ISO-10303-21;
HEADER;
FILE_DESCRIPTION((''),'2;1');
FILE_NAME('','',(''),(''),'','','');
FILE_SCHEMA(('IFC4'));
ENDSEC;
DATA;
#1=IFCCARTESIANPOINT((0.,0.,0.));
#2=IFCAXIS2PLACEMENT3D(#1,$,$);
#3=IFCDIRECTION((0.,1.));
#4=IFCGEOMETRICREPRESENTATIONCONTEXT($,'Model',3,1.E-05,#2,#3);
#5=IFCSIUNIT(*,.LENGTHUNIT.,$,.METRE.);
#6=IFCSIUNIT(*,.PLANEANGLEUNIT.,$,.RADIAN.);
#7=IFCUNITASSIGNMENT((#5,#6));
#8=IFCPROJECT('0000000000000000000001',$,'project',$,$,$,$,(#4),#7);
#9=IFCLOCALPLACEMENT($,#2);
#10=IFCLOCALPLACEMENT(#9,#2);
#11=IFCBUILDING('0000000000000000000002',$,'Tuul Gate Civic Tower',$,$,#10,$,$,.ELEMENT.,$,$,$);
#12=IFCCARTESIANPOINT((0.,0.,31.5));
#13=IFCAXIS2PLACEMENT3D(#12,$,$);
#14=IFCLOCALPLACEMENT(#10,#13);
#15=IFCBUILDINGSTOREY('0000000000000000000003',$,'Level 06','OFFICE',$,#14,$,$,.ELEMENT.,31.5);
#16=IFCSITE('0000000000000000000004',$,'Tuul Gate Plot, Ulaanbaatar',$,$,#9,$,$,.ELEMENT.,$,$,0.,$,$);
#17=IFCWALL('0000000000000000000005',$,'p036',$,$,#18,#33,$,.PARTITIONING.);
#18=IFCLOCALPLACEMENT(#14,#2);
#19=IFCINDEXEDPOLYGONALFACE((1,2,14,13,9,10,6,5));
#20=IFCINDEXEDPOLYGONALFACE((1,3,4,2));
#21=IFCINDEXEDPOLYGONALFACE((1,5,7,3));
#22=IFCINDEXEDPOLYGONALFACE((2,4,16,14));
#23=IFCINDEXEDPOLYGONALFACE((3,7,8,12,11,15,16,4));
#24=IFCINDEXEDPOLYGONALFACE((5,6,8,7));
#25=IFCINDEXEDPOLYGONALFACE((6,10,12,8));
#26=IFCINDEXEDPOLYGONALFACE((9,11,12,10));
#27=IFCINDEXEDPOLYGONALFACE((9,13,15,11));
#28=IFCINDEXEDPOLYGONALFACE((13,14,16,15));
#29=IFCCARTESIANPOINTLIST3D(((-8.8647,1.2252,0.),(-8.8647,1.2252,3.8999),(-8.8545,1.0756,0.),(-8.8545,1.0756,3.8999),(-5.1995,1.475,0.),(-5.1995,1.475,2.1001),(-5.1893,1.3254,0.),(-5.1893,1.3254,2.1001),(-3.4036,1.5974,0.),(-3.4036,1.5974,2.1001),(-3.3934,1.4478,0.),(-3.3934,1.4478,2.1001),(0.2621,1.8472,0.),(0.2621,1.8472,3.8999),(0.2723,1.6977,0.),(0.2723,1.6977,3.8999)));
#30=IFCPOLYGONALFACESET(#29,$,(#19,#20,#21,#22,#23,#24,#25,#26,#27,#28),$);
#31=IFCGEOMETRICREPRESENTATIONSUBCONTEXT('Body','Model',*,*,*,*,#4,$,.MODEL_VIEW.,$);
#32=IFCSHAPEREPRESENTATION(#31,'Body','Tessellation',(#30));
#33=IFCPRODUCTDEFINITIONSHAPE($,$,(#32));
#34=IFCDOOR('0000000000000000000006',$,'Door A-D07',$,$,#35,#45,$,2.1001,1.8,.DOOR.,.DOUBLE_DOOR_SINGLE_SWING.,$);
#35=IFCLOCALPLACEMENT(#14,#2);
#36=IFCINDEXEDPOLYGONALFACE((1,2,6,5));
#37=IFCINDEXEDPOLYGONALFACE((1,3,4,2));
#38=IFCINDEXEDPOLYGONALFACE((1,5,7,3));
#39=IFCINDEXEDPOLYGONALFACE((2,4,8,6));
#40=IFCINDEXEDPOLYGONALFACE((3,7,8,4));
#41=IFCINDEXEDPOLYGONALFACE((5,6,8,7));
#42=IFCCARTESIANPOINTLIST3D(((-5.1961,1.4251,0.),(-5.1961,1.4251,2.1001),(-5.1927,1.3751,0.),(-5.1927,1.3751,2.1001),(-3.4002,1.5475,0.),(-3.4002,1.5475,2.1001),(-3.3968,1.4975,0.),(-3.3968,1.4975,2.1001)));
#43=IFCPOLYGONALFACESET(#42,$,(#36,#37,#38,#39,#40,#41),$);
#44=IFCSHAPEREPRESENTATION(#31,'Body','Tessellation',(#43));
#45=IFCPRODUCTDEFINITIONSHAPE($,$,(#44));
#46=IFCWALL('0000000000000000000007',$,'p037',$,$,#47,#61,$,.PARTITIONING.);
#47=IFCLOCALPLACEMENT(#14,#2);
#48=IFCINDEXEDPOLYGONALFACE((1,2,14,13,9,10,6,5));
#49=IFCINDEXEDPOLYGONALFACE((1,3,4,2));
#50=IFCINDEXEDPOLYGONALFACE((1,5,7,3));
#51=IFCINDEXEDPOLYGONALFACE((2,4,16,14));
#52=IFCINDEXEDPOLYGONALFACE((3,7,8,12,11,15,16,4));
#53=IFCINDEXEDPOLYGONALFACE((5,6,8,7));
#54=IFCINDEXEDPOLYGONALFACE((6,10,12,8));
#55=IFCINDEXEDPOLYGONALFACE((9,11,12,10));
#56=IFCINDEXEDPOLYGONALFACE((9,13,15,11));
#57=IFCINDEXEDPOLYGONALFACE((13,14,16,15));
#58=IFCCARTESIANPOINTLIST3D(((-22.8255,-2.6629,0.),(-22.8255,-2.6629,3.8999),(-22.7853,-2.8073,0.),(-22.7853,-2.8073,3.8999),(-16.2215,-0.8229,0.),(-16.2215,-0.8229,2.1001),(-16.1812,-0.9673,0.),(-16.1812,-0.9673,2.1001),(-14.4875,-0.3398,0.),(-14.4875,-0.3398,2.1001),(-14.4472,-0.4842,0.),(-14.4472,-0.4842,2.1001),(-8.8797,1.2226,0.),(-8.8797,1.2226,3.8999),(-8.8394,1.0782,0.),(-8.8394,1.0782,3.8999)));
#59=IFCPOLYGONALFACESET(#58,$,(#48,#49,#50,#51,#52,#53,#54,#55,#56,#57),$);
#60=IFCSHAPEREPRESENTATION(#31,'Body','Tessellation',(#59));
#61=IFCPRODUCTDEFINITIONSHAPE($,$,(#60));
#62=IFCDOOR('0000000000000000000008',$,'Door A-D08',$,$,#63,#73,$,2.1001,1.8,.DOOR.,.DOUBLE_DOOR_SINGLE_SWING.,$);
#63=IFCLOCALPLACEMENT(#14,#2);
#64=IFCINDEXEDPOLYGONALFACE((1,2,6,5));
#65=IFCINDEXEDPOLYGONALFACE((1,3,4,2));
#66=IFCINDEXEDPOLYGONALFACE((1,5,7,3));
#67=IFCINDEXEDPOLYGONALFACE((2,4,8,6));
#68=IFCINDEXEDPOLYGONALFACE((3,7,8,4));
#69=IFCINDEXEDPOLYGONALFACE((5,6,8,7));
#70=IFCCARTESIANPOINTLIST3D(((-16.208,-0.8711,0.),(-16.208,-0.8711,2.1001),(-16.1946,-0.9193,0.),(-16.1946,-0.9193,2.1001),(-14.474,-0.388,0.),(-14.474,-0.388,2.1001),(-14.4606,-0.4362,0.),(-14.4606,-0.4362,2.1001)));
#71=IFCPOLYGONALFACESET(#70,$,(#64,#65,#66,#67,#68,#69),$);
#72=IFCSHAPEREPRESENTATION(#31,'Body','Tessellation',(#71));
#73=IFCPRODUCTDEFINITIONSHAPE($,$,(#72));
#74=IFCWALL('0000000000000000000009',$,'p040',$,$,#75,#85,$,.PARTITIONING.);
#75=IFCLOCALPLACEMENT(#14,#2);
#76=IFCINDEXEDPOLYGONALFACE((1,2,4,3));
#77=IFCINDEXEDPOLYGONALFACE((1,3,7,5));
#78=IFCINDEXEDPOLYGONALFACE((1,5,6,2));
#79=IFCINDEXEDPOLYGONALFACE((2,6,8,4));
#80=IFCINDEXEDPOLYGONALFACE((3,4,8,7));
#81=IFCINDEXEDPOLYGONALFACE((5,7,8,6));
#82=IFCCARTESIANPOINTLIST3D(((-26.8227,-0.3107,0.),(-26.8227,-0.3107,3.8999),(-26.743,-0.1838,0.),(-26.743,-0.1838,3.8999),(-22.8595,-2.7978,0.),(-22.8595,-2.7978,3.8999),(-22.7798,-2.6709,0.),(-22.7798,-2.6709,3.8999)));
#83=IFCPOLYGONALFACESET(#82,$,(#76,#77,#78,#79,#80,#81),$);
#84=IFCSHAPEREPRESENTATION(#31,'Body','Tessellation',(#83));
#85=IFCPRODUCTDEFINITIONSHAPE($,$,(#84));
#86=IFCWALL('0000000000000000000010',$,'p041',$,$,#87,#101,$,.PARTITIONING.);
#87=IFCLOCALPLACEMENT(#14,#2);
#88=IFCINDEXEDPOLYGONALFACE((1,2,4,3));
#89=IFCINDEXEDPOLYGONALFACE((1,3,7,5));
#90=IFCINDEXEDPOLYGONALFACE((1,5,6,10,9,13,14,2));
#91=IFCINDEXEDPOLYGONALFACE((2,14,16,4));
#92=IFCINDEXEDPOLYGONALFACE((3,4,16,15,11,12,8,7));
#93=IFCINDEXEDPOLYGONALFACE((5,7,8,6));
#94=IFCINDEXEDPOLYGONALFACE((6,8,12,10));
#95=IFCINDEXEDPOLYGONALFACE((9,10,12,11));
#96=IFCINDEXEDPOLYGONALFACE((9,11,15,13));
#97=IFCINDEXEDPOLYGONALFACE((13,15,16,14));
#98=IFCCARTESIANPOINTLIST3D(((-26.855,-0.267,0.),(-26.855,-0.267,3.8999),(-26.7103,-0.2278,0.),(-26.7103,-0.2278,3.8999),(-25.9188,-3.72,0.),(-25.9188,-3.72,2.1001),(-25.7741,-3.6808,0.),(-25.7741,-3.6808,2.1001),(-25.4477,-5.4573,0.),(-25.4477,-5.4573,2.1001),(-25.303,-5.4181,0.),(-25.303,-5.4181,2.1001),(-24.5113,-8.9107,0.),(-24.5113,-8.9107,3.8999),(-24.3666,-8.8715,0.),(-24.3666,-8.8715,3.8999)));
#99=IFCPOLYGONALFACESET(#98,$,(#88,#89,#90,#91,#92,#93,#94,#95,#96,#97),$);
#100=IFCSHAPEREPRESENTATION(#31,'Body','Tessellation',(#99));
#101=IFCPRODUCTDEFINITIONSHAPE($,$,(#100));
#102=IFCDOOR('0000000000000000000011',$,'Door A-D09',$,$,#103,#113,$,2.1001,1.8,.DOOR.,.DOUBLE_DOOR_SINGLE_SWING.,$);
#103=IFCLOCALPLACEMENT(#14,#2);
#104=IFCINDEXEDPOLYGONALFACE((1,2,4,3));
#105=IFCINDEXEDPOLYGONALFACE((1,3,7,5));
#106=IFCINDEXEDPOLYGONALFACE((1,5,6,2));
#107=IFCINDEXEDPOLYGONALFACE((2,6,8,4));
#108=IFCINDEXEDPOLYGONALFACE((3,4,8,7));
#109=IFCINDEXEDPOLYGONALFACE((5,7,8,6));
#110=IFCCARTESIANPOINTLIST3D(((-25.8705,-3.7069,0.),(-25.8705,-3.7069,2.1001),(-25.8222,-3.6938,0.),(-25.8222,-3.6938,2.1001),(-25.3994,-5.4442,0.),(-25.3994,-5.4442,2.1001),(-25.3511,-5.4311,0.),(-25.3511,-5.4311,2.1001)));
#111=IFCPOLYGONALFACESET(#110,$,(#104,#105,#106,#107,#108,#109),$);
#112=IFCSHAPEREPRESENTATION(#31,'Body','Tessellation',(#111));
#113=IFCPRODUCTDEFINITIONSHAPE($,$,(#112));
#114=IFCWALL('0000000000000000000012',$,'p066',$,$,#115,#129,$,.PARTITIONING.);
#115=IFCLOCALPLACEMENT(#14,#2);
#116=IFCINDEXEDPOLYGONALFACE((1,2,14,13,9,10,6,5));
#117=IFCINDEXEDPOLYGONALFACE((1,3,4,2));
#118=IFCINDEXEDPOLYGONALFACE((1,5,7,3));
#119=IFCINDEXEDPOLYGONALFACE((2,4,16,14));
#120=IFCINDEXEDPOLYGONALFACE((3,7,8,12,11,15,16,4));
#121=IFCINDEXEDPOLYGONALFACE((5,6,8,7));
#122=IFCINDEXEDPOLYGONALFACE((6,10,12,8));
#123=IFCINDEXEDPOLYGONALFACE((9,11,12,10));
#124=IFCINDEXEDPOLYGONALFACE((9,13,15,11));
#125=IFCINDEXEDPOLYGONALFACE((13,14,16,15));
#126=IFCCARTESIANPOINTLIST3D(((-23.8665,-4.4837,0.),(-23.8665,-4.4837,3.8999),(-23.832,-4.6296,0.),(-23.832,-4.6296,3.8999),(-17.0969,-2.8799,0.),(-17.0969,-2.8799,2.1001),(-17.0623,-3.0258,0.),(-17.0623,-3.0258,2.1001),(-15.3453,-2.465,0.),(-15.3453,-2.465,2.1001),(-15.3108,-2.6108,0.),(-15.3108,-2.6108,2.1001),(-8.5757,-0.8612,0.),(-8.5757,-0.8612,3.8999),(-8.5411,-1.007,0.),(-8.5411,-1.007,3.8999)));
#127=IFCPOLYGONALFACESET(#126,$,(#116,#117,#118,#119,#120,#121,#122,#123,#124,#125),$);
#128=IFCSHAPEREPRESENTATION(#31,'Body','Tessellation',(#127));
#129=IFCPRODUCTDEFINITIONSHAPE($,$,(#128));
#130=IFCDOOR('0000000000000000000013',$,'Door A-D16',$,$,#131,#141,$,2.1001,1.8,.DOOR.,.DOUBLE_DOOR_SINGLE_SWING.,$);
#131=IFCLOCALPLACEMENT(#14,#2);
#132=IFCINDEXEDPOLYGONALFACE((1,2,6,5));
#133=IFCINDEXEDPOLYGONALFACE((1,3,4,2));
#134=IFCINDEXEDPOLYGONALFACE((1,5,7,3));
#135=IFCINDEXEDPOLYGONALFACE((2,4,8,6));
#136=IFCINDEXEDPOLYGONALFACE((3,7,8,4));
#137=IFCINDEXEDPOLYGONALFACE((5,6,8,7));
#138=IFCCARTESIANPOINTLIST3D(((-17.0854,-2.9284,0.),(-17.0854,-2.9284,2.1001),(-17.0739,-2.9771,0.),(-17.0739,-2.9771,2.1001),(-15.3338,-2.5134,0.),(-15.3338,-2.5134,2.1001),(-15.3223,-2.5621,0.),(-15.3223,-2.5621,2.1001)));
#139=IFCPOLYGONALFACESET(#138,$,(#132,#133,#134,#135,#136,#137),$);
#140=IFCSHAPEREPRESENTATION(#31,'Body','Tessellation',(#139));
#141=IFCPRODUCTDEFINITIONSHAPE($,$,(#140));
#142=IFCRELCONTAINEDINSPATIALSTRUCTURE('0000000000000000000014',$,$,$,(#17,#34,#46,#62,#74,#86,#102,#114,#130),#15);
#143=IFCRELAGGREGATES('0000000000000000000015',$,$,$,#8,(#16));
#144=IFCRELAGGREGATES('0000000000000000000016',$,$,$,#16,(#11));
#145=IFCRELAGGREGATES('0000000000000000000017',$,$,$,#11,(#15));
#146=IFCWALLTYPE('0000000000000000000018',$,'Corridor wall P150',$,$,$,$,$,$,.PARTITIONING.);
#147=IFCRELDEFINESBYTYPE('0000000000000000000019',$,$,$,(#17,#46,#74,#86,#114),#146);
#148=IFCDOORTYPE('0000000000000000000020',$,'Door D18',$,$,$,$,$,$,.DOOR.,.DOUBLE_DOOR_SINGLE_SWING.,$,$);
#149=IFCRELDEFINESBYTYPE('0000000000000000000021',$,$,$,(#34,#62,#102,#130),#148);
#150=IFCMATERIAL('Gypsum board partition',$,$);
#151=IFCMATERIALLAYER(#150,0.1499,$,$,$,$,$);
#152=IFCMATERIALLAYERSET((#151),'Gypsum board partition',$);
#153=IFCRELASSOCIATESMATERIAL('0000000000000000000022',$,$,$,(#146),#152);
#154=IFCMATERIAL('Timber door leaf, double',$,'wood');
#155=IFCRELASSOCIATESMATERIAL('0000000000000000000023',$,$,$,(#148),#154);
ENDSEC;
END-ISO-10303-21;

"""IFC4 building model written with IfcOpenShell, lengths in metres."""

from ifc_helpers import new_model, si_unit, direction, frame, frame_2d, origin, place, context, subcontext, project, spatial, rectangle, extrude, material, layer, layer_set, type_object, element, fill, save


model = new_model("IFC4")

# Units and contexts
model_context = context("Model", 3, precision=1e-05, world=origin(), true_north=direction((0.0, 1.0)))
body_context = subcontext(model_context, "Body", "Model", "MODEL_VIEW")
ifc_project = project(units=[si_unit("LENGTHUNIT", "METRE"), si_unit("PLANEANGLEUNIT", "RADIAN")], contexts=[model_context])

# Site, building, storey
site_placement = place(None, origin())
site = spatial("IfcSite", under=ifc_project, at=site_placement, Name="Tuul Gate Plot, Ulaanbaatar", CompositionType="ELEMENT", RefElevation=0.0)
building_placement = place(site_placement, origin())
building = spatial("IfcBuilding", under=site, at=building_placement, Name="Tuul Gate Civic Tower", CompositionType="ELEMENT")
storey_placement = place(building_placement, frame((0.0, 0.0, 31.5)))
storey = spatial("IfcBuildingStorey", under=building, at=storey_placement, Name="Level 06", Description="OFFICE", CompositionType="ELEMENT", Elevation=31.5)

# Walls, openings, doors
ifc_material_1 = material(Name="Gypsum board partition")
ifc_layer_1 = layer(ifc_material_1, 0.1499)
ifc_layer_set_1 = layer_set([ifc_layer_1], Name="Gypsum board partition")
wall_type_1 = type_object("IfcWallType", Name="Corridor wall P150", PredefinedType="PARTITIONING", material=ifc_layer_set_1)
wall_1_placement = place(storey_placement, frame((-8.8596, 1.1504, 0.0), z_axis=(0.0, 0.0, 1.0), x_axis=(0.997685, 0.068002, 0.0)))
wall_1 = element("IfcWall", 1, at=wall_1_placement, inside=storey, type_object=wall_type_1, Name="p036", PredefinedType="PARTITIONING", context=body_context, shape_type="SweptSolid", body=[
    extrude(rectangle(XDim=9.1479, YDim=0.1499, at=frame_2d((4.574, 0.0))), origin(), (0.0, 0.0, 1.0), 3.8999),
])
opening_1_placement = place(wall_1_placement, frame((3.6738, 0.0, 0.0)))
opening_1 = element("IfcOpeningElement", 2, at=opening_1_placement, cuts=wall_1, PredefinedType="OPENING", context=body_context, shape_type="SweptSolid", body=[
    extrude(rectangle(XDim=1.8, YDim=2.1001, at=frame_2d((0.8999, 1.05))), frame((0.0, 0.085, 0.0), z_axis=(0.0, -1.0, 0.0), x_axis=(1.0, 0.0, 0.0)), (0.0, 0.0, 1.0), 0.1699),
])
ifc_material_2 = material(Name="Timber door leaf, double", Category="wood")
door_type_1 = type_object("IfcDoorType", Name="Door D18", OperationType="DOUBLE_DOOR_SINGLE_SWING", PredefinedType="DOOR", material=ifc_material_2)
door_1_placement = place(opening_1_placement, origin())
door_1 = element("IfcDoor", 3, at=door_1_placement, inside=storey, type_object=door_type_1, Name="Door A-D07", OperationType="DOUBLE_DOOR_SINGLE_SWING", OverallHeight=2.1001, OverallWidth=1.8, PredefinedType="DOOR", context=body_context, shape_type="SweptSolid", body=[
    extrude(rectangle(XDim=1.8, YDim=2.1001, at=frame_2d((0.8999, 1.05))), frame((0.0, 0.0249, 0.0), z_axis=(0.0, -1.0, 0.0), x_axis=(1.0, 0.0, 0.0)), (0.0, 0.0, 1.0), 0.05),
])
fill(opening_1, door_1)
wall_2_placement = place(storey_placement, frame((-22.8054, -2.7351, 0.0), z_axis=(0.0, 0.0, 1.0), x_axis=(0.96331, 0.268392, 0.0)))
wall_2 = element("IfcWall", 4, at=wall_2_placement, inside=storey, type_object=wall_type_1, Name="p037", PredefinedType="PARTITIONING", context=body_context, shape_type="SweptSolid", body=[
    extrude(rectangle(XDim=14.4771, YDim=0.1499, at=frame_2d((7.2385, 0.0))), origin(), (0.0, 0.0, 1.0), 3.8999),
])
opening_2_placement = place(wall_2_placement, frame((6.8557, 0.0, 0.0)))
opening_2 = element("IfcOpeningElement", 5, at=opening_2_placement, cuts=wall_2, PredefinedType="OPENING", context=body_context, shape_type="SweptSolid", body=[
    extrude(rectangle(XDim=1.8, YDim=2.1001, at=frame_2d((0.8999, 1.05))), frame((0.0, 0.085, 0.0), z_axis=(0.0, -1.0, 0.0), x_axis=(1.0, 0.0, 0.0)), (0.0, 0.0, 1.0), 0.1699),
])
door_2_placement = place(opening_2_placement, origin())
door_2 = element("IfcDoor", 6, at=door_2_placement, inside=storey, type_object=door_type_1, Name="Door A-D08", OperationType="DOUBLE_DOOR_SINGLE_SWING", OverallHeight=2.1001, OverallWidth=1.8, PredefinedType="DOOR", context=body_context, shape_type="SweptSolid", body=[
    extrude(rectangle(XDim=1.8, YDim=2.1001, at=frame_2d((0.8999, 1.05))), frame((0.0, 0.0249, 0.0), z_axis=(0.0, -1.0, 0.0), x_axis=(1.0, 0.0, 0.0)), (0.0, 0.0, 1.0), 0.05),
])
fill(opening_2, door_2)

# Wall
wall_3_placement = place(storey_placement, frame((-26.7827, -0.2473, 0.0), z_axis=(0.0, 0.0, 1.0), x_axis=(0.847027, -0.531551, 0.0)))
element("IfcWall", 7, at=wall_3_placement, inside=storey, type_object=wall_type_1, Name="p040", PredefinedType="PARTITIONING", context=body_context, shape_type="SweptSolid", body=[
    extrude(rectangle(XDim=4.679, YDim=0.1499, at=frame_2d((2.3394, 0.0))), origin(), (0.0, 0.0, 1.0), 3.8999),
])

# Walls, openings, doors
wall_4_placement = place(storey_placement, frame((-26.7827, -0.2473, 0.0), z_axis=(0.0, 0.0, 1.0), x_axis=(0.261699, -0.96515, 0.0)))
wall_4 = element("IfcWall", 8, at=wall_4_placement, inside=storey, type_object=wall_type_1, Name="p041", PredefinedType="PARTITIONING", context=body_context, shape_type="SweptSolid", body=[
    extrude(rectangle(XDim=8.9558, YDim=0.1499, at=frame_2d((4.478, 0.0))), origin(), (0.0, 0.0, 1.0), 3.8999),
])
opening_3_placement = place(wall_4_placement, frame((3.5779, 0.0, 0.0)))
opening_3 = element("IfcOpeningElement", 9, at=opening_3_placement, cuts=wall_4, PredefinedType="OPENING", context=body_context, shape_type="SweptSolid", body=[
    extrude(rectangle(XDim=1.8, YDim=2.1001, at=frame_2d((0.8999, 1.05))), frame((0.0, 0.085, 0.0), z_axis=(0.0, -1.0, 0.0), x_axis=(1.0, 0.0, 0.0)), (0.0, 0.0, 1.0), 0.1699),
])
door_3_placement = place(opening_3_placement, frame((1.8, 0.0, 0.0), z_axis=(0.0, 0.0, 1.0), x_axis=(-1.0, 0.0, 0.0)))
door_3 = element("IfcDoor", 10, at=door_3_placement, inside=storey, type_object=door_type_1, Name="Door A-D09", OperationType="DOUBLE_DOOR_SINGLE_SWING", OverallHeight=2.1001, OverallWidth=1.8, PredefinedType="DOOR", context=body_context, shape_type="SweptSolid", body=[
    extrude(rectangle(XDim=1.8, YDim=2.1001, at=frame_2d((0.9001, 1.05))), frame((0.0, 0.0249, 0.0), z_axis=(0.0, -1.0, 0.0), x_axis=(1.0, 0.0, 0.0)), (0.0, 0.0, 1.0), 0.05),
])
fill(opening_3, door_3)
wall_5_placement = place(storey_placement, frame((-23.8491, -4.5566, 0.0), z_axis=(0.0, 0.0, 1.0), x_axis=(0.973065, 0.23053, 0.0)))
wall_5 = element("IfcWall", 11, at=wall_5_placement, inside=storey, type_object=wall_type_1, Name="p066", PredefinedType="PARTITIONING", context=body_context, shape_type="SweptSolid", body=[
    extrude(rectangle(XDim=15.7141, YDim=0.1499, at=frame_2d((7.8569, 0.0))), origin(), (0.0, 0.0, 1.0), 3.8999),
])
opening_4_placement = place(wall_5_placement, frame((6.957, 0.0, 0.0)))
opening_4 = element("IfcOpeningElement", 12, at=opening_4_placement, cuts=wall_5, PredefinedType="OPENING", context=body_context, shape_type="SweptSolid", body=[
    extrude(rectangle(XDim=1.8, YDim=2.1001, at=frame_2d((0.8999, 1.05))), frame((0.0, 0.085, 0.0), z_axis=(0.0, -1.0, 0.0), x_axis=(1.0, 0.0, 0.0)), (0.0, 0.0, 1.0), 0.1699),
])
door_4_placement = place(opening_4_placement, frame((1.8, 0.0, 0.0), z_axis=(0.0, 0.0, 1.0), x_axis=(-1.0, 0.0, 0.0)))
door_4 = element("IfcDoor", 13, at=door_4_placement, inside=storey, type_object=door_type_1, Name="Door A-D16", OperationType="DOUBLE_DOOR_SINGLE_SWING", OverallHeight=2.1001, OverallWidth=1.8, PredefinedType="DOOR", context=body_context, shape_type="SweptSolid", body=[
    extrude(rectangle(XDim=1.8, YDim=2.1001, at=frame_2d((0.9001, 1.05))), frame((0.0, 0.0249, 0.0), z_axis=(0.0, -1.0, 0.0), x_axis=(1.0, 0.0, 0.0)), (0.0, 0.0, 1.0), 0.05),
])
fill(opening_4, door_4)

save(model, "model.ifc")
